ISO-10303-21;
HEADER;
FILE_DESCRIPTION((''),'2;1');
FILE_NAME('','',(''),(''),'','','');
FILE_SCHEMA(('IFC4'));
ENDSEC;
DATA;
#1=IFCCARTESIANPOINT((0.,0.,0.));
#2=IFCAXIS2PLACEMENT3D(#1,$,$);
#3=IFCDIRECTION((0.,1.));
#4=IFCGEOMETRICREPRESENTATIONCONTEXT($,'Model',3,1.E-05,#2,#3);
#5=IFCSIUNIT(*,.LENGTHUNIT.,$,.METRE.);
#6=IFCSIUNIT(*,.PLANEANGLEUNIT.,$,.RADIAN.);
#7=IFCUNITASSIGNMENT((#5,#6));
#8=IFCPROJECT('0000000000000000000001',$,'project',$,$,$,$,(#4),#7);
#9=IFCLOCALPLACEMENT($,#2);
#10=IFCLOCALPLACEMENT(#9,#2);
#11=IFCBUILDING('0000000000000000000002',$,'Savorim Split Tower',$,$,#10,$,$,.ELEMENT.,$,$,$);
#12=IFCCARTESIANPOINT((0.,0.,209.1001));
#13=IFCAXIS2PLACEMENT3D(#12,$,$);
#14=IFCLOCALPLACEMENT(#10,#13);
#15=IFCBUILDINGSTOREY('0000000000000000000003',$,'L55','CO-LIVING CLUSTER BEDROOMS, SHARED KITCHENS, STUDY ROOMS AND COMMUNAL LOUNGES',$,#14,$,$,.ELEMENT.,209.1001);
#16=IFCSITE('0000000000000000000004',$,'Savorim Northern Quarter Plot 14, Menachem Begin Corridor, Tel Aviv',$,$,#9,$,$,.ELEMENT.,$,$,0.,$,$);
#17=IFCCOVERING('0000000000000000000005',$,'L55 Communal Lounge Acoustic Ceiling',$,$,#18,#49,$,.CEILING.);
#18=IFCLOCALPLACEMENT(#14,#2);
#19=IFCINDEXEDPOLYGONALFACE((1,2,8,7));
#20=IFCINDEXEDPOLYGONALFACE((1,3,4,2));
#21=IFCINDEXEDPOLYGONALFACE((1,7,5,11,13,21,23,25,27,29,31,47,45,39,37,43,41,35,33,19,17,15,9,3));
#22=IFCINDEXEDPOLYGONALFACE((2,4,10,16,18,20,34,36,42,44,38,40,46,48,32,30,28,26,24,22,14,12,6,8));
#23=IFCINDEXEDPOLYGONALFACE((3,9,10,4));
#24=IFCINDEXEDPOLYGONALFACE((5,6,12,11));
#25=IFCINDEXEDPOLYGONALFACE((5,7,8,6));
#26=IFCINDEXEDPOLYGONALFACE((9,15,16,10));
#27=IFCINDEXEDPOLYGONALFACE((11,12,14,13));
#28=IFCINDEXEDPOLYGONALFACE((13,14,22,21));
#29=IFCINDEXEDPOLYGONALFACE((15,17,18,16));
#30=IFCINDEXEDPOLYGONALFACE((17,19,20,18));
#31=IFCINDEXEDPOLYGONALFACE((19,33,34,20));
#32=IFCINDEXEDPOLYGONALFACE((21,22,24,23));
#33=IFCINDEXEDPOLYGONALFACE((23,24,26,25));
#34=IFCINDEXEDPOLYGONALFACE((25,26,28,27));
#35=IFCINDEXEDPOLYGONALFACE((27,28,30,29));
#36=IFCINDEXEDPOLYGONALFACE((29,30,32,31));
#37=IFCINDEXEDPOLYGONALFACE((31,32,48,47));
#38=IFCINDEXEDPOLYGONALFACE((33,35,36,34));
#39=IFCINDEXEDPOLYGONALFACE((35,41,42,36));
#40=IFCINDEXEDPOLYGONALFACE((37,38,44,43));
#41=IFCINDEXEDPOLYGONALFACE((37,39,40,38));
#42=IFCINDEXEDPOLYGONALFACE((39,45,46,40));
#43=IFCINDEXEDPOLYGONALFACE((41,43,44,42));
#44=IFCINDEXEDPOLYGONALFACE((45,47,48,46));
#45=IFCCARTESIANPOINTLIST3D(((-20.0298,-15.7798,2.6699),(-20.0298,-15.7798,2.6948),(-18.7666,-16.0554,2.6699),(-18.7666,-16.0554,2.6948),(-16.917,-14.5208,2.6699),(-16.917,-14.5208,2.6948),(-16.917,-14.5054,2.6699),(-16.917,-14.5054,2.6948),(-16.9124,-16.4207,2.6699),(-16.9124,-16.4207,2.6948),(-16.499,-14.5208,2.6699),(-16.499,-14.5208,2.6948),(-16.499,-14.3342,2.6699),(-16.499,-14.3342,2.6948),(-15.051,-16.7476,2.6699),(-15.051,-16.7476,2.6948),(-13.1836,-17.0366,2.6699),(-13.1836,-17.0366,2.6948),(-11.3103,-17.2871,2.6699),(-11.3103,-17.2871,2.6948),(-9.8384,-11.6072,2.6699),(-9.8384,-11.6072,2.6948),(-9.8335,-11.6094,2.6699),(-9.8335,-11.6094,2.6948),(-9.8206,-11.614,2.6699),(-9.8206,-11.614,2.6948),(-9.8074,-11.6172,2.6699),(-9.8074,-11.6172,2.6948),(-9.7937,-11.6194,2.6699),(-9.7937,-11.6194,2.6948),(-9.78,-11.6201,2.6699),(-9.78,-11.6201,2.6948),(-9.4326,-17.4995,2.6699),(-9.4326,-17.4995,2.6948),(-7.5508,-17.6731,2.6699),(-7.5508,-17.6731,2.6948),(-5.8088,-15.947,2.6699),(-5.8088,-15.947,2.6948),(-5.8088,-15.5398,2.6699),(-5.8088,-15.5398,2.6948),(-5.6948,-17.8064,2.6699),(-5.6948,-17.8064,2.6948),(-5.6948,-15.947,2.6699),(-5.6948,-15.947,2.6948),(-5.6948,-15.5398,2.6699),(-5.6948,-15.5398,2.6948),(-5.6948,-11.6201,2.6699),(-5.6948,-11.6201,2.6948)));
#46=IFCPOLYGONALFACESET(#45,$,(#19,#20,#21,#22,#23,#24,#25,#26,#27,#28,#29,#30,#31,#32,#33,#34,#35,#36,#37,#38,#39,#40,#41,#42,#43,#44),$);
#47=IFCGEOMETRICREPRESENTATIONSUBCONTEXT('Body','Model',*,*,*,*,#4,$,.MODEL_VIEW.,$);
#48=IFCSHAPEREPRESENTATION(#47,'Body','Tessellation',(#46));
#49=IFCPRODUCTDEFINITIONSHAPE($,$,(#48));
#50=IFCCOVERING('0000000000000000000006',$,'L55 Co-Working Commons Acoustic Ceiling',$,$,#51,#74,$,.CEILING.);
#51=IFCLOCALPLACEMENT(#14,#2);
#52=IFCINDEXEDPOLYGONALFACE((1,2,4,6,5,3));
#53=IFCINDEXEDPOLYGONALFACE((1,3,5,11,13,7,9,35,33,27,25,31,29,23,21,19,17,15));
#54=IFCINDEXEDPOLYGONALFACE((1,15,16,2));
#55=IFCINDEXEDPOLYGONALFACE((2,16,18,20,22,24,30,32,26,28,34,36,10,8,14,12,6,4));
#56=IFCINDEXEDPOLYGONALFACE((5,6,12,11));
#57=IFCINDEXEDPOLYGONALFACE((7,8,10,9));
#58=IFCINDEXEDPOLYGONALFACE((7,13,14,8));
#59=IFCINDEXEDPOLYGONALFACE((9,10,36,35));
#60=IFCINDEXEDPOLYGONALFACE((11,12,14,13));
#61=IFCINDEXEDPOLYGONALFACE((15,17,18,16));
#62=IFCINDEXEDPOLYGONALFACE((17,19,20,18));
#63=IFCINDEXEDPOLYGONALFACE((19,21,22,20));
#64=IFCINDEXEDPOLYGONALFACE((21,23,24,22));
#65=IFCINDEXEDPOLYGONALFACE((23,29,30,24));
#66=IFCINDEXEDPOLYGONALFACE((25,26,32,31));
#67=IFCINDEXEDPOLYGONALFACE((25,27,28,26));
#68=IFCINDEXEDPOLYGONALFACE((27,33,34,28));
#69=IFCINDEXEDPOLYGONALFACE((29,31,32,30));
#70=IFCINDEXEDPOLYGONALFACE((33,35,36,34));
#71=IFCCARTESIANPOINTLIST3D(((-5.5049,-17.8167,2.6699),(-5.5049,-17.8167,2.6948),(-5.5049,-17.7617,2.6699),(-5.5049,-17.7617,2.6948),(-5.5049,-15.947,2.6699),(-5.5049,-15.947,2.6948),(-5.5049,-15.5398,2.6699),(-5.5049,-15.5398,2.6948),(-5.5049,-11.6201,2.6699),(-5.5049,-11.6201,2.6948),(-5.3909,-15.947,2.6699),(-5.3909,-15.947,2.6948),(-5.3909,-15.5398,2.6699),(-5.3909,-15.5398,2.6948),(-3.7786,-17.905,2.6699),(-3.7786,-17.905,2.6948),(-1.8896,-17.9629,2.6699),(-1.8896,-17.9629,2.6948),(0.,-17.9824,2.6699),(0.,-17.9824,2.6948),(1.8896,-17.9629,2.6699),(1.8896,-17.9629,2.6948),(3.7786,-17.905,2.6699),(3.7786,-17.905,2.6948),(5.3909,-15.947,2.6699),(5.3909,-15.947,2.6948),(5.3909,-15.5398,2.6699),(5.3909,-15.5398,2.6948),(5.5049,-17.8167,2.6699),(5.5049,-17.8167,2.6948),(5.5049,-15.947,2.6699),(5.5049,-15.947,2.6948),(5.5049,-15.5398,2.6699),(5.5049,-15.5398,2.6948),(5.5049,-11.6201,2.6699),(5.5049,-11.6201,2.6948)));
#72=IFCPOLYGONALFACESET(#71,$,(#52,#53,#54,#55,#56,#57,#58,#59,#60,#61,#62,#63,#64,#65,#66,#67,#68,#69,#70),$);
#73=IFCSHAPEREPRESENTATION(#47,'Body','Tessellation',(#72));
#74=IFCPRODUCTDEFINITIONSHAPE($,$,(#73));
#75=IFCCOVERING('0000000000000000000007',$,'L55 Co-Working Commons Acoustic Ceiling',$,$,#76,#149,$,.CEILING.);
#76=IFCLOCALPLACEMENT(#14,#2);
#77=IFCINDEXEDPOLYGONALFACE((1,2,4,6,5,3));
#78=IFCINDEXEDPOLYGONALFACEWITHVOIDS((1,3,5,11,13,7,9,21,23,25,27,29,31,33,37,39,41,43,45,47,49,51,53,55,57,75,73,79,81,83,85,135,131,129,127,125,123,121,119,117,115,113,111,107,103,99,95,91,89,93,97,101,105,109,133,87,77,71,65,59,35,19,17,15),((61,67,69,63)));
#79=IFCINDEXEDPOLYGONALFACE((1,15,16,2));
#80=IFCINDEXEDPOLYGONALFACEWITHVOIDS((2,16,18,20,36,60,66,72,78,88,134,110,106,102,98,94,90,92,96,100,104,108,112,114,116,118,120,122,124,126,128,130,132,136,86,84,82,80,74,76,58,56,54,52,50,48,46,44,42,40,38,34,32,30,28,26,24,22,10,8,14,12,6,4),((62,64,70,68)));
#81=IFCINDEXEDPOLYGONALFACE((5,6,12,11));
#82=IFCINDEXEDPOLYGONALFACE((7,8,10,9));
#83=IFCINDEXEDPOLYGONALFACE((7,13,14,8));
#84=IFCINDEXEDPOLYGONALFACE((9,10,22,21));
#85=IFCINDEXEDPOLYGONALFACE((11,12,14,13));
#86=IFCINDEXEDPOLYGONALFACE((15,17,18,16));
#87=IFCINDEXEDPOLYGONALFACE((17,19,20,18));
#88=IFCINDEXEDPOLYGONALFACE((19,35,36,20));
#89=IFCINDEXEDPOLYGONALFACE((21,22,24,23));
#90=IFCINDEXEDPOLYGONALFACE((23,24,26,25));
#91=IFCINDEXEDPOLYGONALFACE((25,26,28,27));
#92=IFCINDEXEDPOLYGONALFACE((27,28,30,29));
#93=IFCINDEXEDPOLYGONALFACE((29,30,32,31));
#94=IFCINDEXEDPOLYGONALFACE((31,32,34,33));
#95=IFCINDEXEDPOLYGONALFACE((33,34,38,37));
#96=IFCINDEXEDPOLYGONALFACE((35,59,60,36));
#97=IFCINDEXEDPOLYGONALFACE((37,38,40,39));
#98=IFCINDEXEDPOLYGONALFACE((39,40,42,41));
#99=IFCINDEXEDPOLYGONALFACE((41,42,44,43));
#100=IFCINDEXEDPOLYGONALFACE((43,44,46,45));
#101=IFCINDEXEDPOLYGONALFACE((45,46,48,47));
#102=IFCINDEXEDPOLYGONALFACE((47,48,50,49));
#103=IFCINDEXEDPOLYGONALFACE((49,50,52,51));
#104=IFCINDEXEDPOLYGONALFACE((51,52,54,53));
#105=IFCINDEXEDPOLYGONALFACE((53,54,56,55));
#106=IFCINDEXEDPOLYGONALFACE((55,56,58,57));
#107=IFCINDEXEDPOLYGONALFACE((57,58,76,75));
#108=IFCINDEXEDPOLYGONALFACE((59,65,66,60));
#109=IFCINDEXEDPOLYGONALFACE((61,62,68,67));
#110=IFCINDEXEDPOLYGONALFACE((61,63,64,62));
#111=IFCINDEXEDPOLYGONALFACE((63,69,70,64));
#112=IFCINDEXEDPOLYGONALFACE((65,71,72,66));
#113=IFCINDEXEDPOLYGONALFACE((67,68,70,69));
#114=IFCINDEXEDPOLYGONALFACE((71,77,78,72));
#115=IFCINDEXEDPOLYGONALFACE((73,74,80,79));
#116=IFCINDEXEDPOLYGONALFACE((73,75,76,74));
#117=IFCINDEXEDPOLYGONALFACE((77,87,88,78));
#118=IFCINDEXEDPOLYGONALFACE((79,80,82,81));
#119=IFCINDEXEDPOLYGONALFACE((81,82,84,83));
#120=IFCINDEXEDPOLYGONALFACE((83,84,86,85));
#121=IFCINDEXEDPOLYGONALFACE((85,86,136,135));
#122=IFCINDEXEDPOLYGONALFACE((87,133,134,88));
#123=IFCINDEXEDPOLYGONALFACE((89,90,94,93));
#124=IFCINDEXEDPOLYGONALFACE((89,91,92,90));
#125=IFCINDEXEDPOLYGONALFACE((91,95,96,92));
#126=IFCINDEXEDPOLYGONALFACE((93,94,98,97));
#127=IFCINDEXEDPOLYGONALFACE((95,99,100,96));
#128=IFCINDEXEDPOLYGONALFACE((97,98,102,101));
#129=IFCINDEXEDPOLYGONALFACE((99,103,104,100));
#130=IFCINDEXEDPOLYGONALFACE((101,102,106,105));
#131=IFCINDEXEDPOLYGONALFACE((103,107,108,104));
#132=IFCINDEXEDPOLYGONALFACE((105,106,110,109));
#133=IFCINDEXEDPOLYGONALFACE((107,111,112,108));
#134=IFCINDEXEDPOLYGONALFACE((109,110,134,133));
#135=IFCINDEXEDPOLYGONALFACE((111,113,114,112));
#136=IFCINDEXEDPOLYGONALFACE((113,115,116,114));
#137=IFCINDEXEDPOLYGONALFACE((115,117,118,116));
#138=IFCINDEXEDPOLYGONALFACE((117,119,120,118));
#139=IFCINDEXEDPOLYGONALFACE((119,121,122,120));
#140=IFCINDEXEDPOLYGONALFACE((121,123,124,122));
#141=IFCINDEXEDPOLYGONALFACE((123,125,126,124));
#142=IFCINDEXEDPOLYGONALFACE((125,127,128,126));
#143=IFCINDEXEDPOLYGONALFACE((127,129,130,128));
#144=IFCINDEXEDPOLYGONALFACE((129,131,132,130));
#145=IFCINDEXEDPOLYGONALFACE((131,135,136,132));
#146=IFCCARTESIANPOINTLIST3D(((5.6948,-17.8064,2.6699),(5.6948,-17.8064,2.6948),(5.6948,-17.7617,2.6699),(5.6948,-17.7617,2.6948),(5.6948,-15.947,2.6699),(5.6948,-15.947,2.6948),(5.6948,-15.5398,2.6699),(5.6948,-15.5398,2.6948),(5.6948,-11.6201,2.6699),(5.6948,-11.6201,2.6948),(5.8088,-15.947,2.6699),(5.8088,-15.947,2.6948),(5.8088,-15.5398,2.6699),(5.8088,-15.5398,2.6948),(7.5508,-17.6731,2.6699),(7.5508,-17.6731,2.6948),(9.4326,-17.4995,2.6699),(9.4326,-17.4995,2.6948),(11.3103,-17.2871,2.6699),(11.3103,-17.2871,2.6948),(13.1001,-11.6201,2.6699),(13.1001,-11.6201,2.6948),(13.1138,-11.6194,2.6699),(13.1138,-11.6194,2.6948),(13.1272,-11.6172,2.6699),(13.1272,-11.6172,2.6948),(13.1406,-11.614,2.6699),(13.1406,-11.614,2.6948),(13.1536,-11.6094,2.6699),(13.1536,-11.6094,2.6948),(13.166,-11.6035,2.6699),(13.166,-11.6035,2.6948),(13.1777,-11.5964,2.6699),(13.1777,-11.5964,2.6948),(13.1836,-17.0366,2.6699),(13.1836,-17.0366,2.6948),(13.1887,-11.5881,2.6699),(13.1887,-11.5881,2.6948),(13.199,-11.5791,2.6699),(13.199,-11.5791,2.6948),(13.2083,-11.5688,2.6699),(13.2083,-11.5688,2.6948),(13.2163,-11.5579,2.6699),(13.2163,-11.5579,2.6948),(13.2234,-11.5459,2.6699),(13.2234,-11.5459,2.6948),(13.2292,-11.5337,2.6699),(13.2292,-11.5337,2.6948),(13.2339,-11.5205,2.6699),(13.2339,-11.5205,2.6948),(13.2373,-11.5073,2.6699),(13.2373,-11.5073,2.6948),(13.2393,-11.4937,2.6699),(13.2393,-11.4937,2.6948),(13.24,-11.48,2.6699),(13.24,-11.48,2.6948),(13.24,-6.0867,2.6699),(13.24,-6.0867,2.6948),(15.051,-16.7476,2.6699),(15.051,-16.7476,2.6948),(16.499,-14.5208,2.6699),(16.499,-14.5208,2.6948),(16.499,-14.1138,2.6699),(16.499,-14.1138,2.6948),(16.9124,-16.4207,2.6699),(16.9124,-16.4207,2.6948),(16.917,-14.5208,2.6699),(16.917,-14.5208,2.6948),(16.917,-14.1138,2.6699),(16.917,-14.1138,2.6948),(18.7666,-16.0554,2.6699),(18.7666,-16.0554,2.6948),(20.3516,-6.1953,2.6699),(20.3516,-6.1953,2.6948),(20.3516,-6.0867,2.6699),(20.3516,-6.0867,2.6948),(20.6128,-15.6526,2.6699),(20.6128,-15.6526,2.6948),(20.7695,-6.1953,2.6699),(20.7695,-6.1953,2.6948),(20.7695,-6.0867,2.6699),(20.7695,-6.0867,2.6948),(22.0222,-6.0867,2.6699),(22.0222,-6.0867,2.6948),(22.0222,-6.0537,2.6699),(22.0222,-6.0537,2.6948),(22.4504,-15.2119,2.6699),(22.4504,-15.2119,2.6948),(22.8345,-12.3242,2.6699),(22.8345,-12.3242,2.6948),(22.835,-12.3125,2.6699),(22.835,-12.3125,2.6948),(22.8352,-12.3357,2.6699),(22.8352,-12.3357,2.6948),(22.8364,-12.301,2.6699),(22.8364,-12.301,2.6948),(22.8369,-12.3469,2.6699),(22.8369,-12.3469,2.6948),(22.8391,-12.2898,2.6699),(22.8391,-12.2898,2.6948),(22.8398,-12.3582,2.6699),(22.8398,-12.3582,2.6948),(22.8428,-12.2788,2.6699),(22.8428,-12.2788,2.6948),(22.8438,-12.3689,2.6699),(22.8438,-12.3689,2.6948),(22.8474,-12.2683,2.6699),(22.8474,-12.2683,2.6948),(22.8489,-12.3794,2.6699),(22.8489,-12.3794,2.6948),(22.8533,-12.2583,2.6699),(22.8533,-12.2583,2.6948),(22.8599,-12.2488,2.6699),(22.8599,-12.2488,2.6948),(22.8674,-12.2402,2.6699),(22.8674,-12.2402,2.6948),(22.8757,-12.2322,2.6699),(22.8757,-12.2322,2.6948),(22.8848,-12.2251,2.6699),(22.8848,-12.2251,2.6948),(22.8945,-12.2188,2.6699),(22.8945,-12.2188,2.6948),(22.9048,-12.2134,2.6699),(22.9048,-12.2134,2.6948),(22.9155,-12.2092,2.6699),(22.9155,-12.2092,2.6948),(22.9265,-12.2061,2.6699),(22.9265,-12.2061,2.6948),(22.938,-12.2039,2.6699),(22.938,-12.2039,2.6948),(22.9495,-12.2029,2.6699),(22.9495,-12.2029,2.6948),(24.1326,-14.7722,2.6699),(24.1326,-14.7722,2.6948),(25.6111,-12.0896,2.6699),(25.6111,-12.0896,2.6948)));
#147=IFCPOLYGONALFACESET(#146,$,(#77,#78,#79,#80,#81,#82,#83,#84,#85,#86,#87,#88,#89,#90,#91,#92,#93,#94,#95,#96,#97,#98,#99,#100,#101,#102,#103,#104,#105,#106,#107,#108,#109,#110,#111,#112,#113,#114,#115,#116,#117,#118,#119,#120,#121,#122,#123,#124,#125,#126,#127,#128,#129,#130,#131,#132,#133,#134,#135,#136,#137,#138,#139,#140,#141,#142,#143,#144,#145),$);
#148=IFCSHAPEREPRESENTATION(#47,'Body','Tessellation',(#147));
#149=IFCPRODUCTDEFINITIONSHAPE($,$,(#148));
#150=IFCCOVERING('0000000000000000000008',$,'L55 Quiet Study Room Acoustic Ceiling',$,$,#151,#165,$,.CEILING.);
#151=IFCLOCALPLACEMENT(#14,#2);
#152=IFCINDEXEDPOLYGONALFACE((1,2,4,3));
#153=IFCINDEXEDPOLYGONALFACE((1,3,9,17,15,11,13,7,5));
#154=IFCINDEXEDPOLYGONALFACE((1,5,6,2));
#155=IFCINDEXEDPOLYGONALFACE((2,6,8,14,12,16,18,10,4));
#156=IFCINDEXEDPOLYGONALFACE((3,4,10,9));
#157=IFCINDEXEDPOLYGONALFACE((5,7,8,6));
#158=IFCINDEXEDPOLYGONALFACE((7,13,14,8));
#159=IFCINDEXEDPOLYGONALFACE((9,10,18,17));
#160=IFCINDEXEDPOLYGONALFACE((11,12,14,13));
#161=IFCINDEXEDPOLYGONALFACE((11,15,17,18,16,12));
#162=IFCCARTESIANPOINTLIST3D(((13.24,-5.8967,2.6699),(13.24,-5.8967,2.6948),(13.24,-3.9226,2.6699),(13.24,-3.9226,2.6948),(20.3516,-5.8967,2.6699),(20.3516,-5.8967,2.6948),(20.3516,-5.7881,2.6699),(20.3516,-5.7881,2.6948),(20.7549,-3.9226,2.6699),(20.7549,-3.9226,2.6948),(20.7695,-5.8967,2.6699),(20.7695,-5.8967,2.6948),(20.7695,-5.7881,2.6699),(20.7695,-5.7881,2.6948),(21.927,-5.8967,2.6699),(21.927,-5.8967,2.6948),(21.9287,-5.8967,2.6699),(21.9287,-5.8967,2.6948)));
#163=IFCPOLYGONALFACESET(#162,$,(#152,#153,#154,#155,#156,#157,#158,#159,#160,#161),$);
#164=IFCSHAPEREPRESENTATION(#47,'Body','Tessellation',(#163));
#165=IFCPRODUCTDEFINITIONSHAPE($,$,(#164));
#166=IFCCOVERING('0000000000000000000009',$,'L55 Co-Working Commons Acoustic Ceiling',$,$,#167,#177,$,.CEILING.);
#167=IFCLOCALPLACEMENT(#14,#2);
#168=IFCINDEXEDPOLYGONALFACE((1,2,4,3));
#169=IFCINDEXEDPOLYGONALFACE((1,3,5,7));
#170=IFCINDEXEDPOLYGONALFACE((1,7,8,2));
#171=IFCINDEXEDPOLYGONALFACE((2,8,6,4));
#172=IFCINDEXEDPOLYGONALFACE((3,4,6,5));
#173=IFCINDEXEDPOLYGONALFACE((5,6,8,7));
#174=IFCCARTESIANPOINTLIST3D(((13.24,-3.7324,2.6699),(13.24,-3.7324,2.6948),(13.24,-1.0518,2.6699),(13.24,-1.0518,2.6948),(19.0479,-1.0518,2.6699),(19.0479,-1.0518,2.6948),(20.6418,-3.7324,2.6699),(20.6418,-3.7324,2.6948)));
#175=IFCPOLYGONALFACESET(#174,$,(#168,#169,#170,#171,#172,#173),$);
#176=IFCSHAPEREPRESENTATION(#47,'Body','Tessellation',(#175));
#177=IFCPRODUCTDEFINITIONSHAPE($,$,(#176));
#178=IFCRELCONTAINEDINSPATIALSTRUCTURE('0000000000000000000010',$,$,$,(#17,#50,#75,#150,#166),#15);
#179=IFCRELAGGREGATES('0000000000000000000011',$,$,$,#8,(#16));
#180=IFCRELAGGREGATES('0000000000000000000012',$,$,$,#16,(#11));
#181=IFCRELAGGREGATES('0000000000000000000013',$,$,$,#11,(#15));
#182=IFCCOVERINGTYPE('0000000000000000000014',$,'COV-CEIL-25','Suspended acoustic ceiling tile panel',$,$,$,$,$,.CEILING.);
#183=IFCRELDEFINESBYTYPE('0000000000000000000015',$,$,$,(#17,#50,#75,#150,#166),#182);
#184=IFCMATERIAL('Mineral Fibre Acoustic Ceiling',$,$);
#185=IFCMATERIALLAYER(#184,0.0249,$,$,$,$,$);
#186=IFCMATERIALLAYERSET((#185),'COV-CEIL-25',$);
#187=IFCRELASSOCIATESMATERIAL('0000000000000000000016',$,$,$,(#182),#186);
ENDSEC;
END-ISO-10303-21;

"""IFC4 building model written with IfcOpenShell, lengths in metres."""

from ifc_helpers import new_model, si_unit, direction, frame, origin, place, context, subcontext, project, spatial, polyline, outline, extrude, material, layer, layer_set, type_object, element, save


model = new_model("IFC4")

# Units and contexts
model_context = context("Model", 3, precision=1e-05, world=origin(), true_north=direction((0.0, 1.0)))
body_context = subcontext(model_context, "Body", "Model", "MODEL_VIEW")
ifc_project = project(units=[si_unit("LENGTHUNIT", "METRE"), si_unit("PLANEANGLEUNIT", "RADIAN")], contexts=[model_context])

# Site, building, storey
site_placement = place(None, origin())
site = spatial("IfcSite", under=ifc_project, at=site_placement, Name="Savorim Northern Quarter Plot 14, Menachem Begin Corridor, Tel Aviv", CompositionType="ELEMENT", RefElevation=0.0)
building_placement = place(site_placement, origin())
building = spatial("IfcBuilding", under=site, at=building_placement, Name="Savorim Split Tower", CompositionType="ELEMENT")
storey_placement = place(building_placement, frame((0.0, 0.0, 209.1001)))
storey = spatial("IfcBuildingStorey", under=building, at=storey_placement, Name="L55", Description="CO-LIVING CLUSTER BEDROOMS, SHARED KITCHENS, STUDY ROOMS AND COMMUNAL LOUNGES", CompositionType="ELEMENT", Elevation=209.1001)

# Coverings
ifc_material_1 = material(Name="Mineral Fibre Acoustic Ceiling")
ifc_layer_1 = layer(ifc_material_1, 0.0249)
ifc_layer_set_1 = layer_set([ifc_layer_1], Name="COV-CEIL-25")
covering_type_1 = type_object("IfcCoveringType", Name="COV-CEIL-25", Description="Suspended acoustic ceiling tile panel", PredefinedType="CEILING", material=ifc_layer_set_1)
covering_1_placement = place(storey_placement, frame((0.0, 0.0, 2.6699)))
element("IfcCovering", 1, at=covering_1_placement, inside=storey, type_object=covering_type_1, Name="L55 Communal Lounge Acoustic Ceiling", PredefinedType="CEILING", context=body_context, shape_type="SweptSolid", body=[
    extrude(outline(polyline([(-13.1836, -17.0366), (-11.3103, -17.2871), (-9.4326, -17.4995), (-7.5508, -17.6731), (-5.6948, -17.8064), (-5.6948, -15.947), (-5.8088, -15.947), (-5.8088, -15.5398), (-5.6948, -15.5398), (-5.6948, -11.6201), (-9.78, -11.6201), (-9.7937, -11.6194), (-9.8074, -11.6172), (-9.8206, -11.614), (-9.8335, -11.6094), (-9.8384, -11.6072), (-16.499, -14.3342), (-16.499, -14.5208), (-16.917, -14.5208), (-16.917, -14.5054), (-20.0298, -15.7798), (-18.7666, -16.0554), (-16.9124, -16.4207), (-15.051, -16.7476), (-13.1836, -17.0366)])), origin(), (0.0, 0.0, 1.0), 0.0249),
])
covering_2_placement = place(storey_placement, frame((0.0, 0.0, 2.6699)))
element("IfcCovering", 2, at=covering_2_placement, inside=storey, type_object=covering_type_1, Name="L55 Co-Working Commons Acoustic Ceiling", PredefinedType="CEILING", context=body_context, shape_type="SweptSolid", body=[
    extrude(outline(polyline([(-1.8896, -17.9629), (0.0, -17.9824), (1.8896, -17.9629), (3.7786, -17.905), (5.5049, -17.8167), (5.5049, -15.947), (5.3909, -15.947), (5.3909, -15.5398), (5.5049, -15.5398), (5.5049, -11.6201), (-5.5049, -11.6201), (-5.5049, -15.5398), (-5.3909, -15.5398), (-5.3909, -15.947), (-5.5049, -15.947), (-5.5049, -17.7617), (-5.5049, -17.8167), (-3.7786, -17.905), (-1.8896, -17.9629)])), origin(), (0.0, 0.0, 1.0), 0.0249),
])
covering_3_placement = place(storey_placement, frame((0.0, 0.0, 2.6699)))
element("IfcCovering", 3, at=covering_3_placement, inside=storey, type_object=covering_type_1, Name="L55 Co-Working Commons Acoustic Ceiling", PredefinedType="CEILING", context=body_context, shape_type="SweptSolid", body=[
    extrude(outline(polyline([(22.9265, -12.2061), (22.938, -12.2039), (22.9495, -12.2029), (25.6111, -12.0896), (22.0222, -6.0537), (22.0222, -6.0867), (20.7695, -6.0867), (20.7695, -6.1953), (20.3516, -6.1953), (20.3516, -6.0867), (13.24, -6.0867), (13.24, -11.48), (13.2393, -11.4937), (13.2373, -11.5073), (13.2339, -11.5205), (13.2292, -11.5337), (13.2234, -11.5459), (13.2163, -11.5579), (13.2083, -11.5688), (13.199, -11.5791), (13.1887, -11.5881), (13.1777, -11.5964), (13.166, -11.6035), (13.1536, -11.6094), (13.1406, -11.614), (13.1272, -11.6172), (13.1138, -11.6194), (13.1001, -11.6201), (5.6948, -11.6201), (5.6948, -15.5398), (5.8088, -15.5398), (5.8088, -15.947), (5.6948, -15.947), (5.6948, -17.7617), (5.6948, -17.8064), (7.5508, -17.6731), (9.4326, -17.4995), (11.3103, -17.2871), (13.1836, -17.0366), (15.051, -16.7476), (16.9124, -16.4207), (18.7666, -16.0554), (20.6128, -15.6526), (22.4504, -15.2119), (24.1326, -14.7722), (22.8489, -12.3794), (22.8438, -12.3689), (22.8398, -12.3582), (22.8369, -12.3469), (22.8352, -12.3357), (22.8345, -12.3242), (22.835, -12.3125), (22.8364, -12.301), (22.8391, -12.2898), (22.8428, -12.2788), (22.8474, -12.2683), (22.8533, -12.2583), (22.8599, -12.2488), (22.8674, -12.2402), (22.8757, -12.2322), (22.8848, -12.2251), (22.8945, -12.2188), (22.9048, -12.2134), (22.9155, -12.2092), (22.9265, -12.2061)]), holes=[polyline([(16.917, -14.5208), (16.917, -14.1138), (16.499, -14.1138), (16.499, -14.5208), (16.917, -14.5208)])]), origin(), (0.0, 0.0, 1.0), 0.0249),
])
covering_4_placement = place(storey_placement, frame((0.0, 0.0, 2.6699)))
element("IfcCovering", 4, at=covering_4_placement, inside=storey, type_object=covering_type_1, Name="L55 Quiet Study Room Acoustic Ceiling", PredefinedType="CEILING", context=body_context, shape_type="SweptSolid", body=[
    extrude(outline(polyline([(20.7695, -5.7881), (20.7695, -5.8967), (21.927, -5.8967), (21.9287, -5.8967), (20.7549, -3.9226), (13.24, -3.9226), (13.24, -5.8967), (20.3516, -5.8967), (20.3516, -5.7881), (20.7695, -5.7881)])), origin(), (0.0, 0.0, 1.0), 0.0249),
])
covering_5_placement = place(storey_placement, frame((0.0, 0.0, 2.6699)))
element("IfcCovering", 5, at=covering_5_placement, inside=storey, type_object=covering_type_1, Name="L55 Co-Working Commons Acoustic Ceiling", PredefinedType="CEILING", context=body_context, shape_type="SweptSolid", body=[
    extrude(outline(polyline([(20.6418, -3.7324), (19.0479, -1.0518), (13.24, -1.0518), (13.24, -3.7324), (20.6418, -3.7324)])), origin(), (0.0, 0.0, 1.0), 0.0249),
])

save(model, "model.ifc")
